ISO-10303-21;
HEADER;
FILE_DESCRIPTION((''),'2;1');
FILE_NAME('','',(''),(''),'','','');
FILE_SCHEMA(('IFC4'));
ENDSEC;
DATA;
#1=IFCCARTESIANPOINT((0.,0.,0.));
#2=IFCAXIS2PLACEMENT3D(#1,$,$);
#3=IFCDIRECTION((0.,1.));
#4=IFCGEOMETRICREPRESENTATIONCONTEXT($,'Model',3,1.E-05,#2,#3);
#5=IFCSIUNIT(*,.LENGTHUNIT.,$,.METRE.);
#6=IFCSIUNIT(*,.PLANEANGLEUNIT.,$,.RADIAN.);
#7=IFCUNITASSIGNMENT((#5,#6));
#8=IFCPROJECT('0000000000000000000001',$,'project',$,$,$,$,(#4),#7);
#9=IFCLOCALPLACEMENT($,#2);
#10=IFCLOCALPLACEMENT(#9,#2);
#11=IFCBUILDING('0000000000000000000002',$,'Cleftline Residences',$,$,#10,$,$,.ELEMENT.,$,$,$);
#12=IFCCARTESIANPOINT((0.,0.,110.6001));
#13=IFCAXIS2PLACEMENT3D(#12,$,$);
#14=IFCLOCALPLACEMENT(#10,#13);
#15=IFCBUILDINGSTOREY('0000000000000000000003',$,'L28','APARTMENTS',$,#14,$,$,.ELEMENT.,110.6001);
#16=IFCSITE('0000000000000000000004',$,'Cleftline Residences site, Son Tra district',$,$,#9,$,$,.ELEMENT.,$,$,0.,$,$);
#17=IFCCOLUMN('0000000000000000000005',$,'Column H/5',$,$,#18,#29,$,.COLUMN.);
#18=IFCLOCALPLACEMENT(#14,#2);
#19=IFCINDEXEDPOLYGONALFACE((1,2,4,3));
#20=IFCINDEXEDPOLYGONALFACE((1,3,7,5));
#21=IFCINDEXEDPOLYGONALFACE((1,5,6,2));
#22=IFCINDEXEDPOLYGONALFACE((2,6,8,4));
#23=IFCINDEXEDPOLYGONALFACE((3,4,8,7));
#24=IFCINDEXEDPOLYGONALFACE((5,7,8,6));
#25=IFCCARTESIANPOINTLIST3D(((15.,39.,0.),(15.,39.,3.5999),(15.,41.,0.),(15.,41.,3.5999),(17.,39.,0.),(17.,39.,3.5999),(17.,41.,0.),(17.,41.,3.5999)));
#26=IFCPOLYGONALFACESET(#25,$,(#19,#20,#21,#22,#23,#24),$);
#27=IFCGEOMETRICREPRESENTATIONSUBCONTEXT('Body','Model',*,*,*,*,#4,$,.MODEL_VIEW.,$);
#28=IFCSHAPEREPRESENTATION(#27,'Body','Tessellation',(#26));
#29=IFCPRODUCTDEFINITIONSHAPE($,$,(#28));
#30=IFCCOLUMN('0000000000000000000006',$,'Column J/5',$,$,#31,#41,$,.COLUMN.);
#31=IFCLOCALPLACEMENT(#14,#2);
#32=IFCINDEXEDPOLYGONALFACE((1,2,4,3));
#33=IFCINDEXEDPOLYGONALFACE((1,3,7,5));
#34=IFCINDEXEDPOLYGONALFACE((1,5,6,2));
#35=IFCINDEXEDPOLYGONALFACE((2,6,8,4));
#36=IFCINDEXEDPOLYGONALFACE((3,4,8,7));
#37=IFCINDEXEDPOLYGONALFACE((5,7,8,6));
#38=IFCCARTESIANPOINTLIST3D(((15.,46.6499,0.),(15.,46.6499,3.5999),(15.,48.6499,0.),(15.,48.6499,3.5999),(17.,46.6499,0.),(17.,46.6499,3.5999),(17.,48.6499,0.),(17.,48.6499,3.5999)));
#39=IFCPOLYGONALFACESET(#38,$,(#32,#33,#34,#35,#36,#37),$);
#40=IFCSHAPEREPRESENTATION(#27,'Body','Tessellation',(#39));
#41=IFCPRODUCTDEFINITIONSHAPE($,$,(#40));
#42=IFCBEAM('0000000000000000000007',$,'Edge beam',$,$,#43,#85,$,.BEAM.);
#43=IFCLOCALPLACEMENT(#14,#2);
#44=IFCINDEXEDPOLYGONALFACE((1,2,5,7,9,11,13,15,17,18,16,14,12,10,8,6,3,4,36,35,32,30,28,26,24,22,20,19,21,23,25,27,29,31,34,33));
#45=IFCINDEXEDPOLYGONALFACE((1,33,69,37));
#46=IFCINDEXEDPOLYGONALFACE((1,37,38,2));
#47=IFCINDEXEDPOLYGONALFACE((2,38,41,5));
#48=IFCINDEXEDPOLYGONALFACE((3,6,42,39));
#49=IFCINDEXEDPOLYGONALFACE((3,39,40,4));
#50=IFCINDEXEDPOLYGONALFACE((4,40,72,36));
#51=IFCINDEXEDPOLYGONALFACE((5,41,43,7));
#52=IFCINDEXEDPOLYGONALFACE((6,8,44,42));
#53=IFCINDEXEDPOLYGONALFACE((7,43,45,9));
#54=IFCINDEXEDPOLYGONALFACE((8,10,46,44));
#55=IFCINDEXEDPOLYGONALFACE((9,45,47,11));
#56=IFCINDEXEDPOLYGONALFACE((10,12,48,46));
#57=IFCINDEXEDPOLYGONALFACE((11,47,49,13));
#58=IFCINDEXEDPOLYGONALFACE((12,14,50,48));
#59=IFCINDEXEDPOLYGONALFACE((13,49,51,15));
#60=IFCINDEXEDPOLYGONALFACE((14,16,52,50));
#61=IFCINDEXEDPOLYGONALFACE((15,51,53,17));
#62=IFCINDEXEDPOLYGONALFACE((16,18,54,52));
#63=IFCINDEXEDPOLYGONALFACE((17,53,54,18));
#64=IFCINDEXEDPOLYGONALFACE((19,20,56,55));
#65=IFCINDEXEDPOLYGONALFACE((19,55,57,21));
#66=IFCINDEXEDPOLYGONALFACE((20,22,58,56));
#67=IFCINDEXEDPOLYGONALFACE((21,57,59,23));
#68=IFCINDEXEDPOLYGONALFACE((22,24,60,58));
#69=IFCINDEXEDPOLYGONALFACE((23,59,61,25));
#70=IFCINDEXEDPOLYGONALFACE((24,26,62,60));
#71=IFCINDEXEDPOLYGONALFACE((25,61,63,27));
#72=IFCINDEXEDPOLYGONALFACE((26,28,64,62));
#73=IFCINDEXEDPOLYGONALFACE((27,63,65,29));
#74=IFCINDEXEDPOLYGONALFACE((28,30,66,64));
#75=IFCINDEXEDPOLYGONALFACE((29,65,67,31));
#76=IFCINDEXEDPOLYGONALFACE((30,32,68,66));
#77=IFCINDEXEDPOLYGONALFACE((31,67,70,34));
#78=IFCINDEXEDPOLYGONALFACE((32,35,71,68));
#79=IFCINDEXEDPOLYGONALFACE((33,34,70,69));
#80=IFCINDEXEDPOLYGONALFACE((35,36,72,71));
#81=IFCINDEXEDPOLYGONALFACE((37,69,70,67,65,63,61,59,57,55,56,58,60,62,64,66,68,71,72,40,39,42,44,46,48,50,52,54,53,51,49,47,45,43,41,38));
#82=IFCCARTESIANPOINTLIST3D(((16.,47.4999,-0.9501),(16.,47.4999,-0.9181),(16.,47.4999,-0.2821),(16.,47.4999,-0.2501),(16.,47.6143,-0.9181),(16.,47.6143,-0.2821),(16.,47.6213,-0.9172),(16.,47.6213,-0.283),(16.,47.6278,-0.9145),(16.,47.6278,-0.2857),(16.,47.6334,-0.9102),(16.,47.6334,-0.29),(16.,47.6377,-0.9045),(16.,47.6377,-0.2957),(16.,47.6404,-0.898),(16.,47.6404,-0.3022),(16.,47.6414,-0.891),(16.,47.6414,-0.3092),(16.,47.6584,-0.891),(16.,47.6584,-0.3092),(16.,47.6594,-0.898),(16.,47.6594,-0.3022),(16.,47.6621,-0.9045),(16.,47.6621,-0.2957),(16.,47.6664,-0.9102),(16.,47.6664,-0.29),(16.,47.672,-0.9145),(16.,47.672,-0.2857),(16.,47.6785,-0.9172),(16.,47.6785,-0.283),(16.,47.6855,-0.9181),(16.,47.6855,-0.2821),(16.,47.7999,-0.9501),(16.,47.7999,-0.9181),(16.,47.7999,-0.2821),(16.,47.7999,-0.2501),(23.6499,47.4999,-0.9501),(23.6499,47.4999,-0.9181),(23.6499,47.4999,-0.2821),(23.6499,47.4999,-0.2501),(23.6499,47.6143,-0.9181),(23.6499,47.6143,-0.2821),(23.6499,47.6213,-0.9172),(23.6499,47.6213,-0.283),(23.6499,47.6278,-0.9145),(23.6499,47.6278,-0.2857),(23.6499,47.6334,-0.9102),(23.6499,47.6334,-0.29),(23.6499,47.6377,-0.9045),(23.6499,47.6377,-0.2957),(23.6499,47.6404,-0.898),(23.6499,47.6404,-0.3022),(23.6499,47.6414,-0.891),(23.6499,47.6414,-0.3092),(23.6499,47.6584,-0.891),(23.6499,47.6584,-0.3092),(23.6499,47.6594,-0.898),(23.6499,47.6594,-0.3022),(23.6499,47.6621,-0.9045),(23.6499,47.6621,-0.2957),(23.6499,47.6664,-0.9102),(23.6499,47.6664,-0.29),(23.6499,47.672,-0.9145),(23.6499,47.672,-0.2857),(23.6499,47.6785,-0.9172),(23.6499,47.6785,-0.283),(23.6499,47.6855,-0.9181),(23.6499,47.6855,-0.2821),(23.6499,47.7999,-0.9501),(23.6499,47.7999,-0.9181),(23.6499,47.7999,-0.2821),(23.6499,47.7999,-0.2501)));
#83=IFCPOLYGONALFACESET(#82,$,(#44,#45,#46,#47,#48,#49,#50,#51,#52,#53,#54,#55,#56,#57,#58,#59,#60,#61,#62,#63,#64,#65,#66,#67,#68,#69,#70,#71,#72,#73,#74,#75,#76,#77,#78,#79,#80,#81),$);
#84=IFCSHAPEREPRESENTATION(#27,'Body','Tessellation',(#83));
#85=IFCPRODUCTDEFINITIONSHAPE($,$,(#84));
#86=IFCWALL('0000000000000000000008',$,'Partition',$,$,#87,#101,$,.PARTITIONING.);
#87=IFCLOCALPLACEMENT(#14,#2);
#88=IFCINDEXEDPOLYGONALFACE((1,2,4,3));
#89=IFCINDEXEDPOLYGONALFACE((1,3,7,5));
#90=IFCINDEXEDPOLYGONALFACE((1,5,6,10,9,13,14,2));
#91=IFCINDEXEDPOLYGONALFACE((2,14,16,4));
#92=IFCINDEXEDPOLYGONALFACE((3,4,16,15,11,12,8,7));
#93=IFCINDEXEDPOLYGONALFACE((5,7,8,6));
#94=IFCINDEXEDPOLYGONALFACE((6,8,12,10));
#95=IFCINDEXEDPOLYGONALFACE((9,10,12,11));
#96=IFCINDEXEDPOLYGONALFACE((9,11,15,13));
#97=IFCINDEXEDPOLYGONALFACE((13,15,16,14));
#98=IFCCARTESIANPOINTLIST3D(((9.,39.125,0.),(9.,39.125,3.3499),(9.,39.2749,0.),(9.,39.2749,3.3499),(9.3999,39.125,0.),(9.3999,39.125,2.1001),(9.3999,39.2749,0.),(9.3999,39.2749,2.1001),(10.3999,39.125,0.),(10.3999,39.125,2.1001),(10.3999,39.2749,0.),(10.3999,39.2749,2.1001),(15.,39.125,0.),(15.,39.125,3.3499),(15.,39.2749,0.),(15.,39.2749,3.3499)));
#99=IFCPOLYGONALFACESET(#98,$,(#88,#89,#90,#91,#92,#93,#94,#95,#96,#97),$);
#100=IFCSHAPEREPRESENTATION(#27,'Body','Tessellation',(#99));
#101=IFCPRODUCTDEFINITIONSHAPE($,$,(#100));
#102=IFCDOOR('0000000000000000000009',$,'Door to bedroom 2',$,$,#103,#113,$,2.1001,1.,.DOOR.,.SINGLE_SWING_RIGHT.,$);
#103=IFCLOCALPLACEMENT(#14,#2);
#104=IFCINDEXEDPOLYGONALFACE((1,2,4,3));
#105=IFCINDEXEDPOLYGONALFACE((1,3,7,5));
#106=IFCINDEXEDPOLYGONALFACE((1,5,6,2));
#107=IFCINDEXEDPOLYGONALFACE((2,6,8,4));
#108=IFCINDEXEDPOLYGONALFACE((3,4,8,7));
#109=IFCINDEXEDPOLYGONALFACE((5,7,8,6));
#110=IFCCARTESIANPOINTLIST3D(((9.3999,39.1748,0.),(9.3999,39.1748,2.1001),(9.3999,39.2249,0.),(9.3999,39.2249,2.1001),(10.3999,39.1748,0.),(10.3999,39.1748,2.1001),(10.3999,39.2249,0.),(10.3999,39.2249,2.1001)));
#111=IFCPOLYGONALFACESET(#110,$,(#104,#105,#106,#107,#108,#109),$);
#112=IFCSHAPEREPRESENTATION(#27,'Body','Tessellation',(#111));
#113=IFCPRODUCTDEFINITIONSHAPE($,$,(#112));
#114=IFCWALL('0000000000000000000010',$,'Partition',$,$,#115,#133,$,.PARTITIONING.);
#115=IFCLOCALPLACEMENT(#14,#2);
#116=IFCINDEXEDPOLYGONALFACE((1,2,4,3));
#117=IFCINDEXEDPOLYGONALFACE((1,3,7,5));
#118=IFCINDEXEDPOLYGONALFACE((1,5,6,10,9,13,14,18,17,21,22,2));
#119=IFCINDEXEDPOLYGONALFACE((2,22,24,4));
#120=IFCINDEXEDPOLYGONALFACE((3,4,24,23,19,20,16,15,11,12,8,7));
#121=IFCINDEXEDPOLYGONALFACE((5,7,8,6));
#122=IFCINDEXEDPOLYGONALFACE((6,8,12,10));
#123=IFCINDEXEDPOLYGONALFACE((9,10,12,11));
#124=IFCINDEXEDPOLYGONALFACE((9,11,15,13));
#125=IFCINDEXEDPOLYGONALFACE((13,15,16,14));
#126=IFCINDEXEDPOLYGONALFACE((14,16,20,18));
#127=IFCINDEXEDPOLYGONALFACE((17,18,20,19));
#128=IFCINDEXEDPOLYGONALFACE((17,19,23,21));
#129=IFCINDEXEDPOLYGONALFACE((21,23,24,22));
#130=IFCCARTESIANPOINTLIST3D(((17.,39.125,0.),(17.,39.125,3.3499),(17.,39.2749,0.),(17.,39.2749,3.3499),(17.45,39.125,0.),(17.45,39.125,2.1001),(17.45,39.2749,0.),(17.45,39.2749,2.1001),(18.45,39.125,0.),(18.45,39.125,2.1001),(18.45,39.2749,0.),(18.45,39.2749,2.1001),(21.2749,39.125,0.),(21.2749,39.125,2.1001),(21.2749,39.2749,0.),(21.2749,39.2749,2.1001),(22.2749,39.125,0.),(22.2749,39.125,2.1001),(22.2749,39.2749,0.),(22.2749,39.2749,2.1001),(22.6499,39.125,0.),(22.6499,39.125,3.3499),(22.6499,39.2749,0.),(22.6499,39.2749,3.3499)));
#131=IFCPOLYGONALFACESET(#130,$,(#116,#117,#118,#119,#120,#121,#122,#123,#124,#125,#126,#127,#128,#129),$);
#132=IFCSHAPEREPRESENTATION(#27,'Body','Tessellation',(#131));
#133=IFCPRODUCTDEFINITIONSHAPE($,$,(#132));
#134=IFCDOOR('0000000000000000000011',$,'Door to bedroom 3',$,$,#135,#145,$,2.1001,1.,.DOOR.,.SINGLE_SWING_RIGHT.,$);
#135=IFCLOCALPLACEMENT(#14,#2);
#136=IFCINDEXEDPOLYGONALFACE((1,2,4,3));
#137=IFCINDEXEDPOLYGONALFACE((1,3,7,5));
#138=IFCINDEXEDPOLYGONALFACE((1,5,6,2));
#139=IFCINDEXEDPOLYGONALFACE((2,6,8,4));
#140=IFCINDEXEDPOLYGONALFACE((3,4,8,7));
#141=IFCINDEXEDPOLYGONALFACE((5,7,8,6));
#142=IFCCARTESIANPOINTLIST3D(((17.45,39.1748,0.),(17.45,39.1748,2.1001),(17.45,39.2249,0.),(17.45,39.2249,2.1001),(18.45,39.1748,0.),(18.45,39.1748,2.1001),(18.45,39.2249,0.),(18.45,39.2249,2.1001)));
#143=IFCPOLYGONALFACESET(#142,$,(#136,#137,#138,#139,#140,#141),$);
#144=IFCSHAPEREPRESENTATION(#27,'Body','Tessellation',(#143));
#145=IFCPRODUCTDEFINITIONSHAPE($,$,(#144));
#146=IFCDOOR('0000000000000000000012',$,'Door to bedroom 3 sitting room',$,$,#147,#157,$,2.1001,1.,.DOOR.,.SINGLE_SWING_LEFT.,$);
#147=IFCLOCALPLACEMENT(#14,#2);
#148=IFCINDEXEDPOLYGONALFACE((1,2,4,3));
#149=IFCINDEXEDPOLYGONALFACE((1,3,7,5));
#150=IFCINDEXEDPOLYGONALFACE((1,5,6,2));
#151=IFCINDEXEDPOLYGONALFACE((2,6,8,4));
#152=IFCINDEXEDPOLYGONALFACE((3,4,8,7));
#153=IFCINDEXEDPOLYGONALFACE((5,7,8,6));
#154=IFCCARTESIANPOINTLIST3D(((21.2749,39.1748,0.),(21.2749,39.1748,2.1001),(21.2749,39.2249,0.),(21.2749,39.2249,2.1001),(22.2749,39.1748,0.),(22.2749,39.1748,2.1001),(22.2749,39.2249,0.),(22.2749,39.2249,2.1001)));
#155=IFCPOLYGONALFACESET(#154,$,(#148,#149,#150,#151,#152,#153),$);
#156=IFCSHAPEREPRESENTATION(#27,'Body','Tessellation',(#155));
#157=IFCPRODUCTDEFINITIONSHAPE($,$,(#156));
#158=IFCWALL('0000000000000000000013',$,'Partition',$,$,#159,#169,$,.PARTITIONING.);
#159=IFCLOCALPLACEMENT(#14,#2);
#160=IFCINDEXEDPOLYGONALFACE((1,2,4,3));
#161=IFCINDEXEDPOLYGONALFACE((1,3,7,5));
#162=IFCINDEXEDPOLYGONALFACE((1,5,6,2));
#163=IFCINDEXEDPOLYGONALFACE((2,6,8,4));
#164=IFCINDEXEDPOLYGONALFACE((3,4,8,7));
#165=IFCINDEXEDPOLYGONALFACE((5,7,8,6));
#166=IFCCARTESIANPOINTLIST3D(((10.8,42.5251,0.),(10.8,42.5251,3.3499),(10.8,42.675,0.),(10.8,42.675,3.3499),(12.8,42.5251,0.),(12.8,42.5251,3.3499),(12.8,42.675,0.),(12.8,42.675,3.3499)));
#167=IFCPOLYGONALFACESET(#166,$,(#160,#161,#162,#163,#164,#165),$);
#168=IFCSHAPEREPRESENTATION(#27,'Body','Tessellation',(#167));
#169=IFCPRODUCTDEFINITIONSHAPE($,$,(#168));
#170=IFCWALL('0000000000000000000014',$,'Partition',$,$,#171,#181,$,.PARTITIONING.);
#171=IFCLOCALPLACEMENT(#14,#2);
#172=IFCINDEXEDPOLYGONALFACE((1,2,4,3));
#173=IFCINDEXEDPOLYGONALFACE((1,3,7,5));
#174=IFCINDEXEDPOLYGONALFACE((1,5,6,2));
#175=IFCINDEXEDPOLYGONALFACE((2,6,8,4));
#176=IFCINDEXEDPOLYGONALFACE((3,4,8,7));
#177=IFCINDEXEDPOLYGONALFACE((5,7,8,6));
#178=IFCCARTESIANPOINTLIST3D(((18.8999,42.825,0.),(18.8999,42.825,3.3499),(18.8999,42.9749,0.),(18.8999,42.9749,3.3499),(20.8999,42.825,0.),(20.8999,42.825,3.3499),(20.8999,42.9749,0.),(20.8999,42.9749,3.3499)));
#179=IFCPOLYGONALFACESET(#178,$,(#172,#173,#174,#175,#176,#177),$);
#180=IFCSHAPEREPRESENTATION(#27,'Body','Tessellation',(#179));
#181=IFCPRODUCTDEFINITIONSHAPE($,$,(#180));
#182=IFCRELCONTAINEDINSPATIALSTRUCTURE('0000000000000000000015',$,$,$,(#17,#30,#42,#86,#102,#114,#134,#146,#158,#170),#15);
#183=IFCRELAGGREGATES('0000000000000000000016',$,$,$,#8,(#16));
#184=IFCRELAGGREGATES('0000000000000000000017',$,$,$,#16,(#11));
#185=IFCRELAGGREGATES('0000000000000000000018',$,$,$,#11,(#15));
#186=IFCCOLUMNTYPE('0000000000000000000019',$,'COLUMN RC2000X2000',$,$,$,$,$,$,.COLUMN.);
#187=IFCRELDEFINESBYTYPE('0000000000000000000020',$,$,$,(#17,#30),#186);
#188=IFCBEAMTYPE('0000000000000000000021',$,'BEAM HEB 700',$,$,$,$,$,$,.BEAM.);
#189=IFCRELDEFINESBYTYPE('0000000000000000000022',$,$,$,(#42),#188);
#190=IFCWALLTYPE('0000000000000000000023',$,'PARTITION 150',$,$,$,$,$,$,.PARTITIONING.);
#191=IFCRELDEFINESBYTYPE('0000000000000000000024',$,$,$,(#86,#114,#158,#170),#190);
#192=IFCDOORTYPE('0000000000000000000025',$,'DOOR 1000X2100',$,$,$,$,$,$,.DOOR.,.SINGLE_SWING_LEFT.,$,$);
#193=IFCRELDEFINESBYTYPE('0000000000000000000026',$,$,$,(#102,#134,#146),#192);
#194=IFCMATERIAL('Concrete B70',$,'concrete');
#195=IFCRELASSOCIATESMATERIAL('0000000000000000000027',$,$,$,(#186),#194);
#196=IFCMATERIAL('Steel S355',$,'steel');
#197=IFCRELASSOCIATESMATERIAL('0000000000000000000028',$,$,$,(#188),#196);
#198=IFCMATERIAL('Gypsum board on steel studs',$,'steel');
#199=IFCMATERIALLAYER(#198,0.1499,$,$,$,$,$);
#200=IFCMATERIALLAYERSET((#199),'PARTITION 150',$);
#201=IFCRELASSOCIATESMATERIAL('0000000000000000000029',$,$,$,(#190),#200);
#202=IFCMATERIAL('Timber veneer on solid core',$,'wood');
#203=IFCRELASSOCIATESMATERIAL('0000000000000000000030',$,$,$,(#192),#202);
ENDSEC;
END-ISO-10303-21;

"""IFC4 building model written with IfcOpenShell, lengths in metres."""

from ifc_helpers import new_model, si_unit, direction, frame, frame_2d, origin, origin_2d, place, context, subcontext, project, spatial, rectangle, i_section, extrude, material, layer, layer_set, material_profile, profile_set, type_object, element, fill, save


model = new_model("IFC4")

# Units and contexts
model_context = context("Model", 3, precision=1e-05, world=origin(), true_north=direction((0.0, 1.0)))
body_context = subcontext(model_context, "Body", "Model", "MODEL_VIEW")
ifc_project = project(units=[si_unit("LENGTHUNIT", "METRE"), si_unit("PLANEANGLEUNIT", "RADIAN")], contexts=[model_context])

# Site, building, storey
site_placement = place(None, origin())
site = spatial("IfcSite", under=ifc_project, at=site_placement, Name="Cleftline Residences site, Son Tra district", CompositionType="ELEMENT", RefElevation=0.0)
building_placement = place(site_placement, origin())
building = spatial("IfcBuilding", under=site, at=building_placement, Name="Cleftline Residences", CompositionType="ELEMENT")
storey_placement = place(building_placement, frame((0.0, 0.0, 110.6001)))
storey = spatial("IfcBuildingStorey", under=building, at=storey_placement, Name="L28", Description="APARTMENTS", CompositionType="ELEMENT", Elevation=110.6001)

# Columns
ifc_material_1 = material(Name="Concrete B70", Category="concrete")
ifc_material_profile_1 = material_profile(ifc_material_1, rectangle(XDim=2.0, YDim=2.0, at=origin_2d()))
ifc_profile_set_1 = profile_set([ifc_material_profile_1], Name="Concrete B70")
column_type = type_object("IfcColumnType", Name="COLUMN RC2000X2000", PredefinedType="COLUMN", material=ifc_profile_set_1)
for number, where, z_axis, x_axis, name in (
    (1, (16.0, 40.0, 0.0), (0.0, 0.0, 1.0), (1.0, 0.0, 0.0), "Column H/5"),
    (2, (16.0, 47.6499, 0.0), (0.0, 0.0, 1.0), (1.0, 0.0, 0.0), "Column J/5"),
):
    element("IfcColumn", number, at=place(storey_placement, frame(where, z_axis=z_axis, x_axis=x_axis)), inside=storey, type_object=column_type, Name=name, PredefinedType="COLUMN", context=body_context, shape_type="SweptSolid", body=[
        extrude(rectangle(XDim=2.0, YDim=2.0, at=origin_2d()), origin(), (0.0, 0.0, 1.0), 3.5999),
    ])

# Beam
ifc_material_2 = material(Name="Steel S355", Category="steel")
ifc_material_profile_2 = material_profile(ifc_material_2, i_section(OverallWidth=0.3, OverallDepth=0.7, WebThickness=0.0171, FlangeThickness=0.032, FilletRadius=0.0271, at=origin_2d()))
ifc_profile_set_2 = profile_set([ifc_material_profile_2], Name="Steel S355")
beam_type = type_object("IfcBeamType", Name="BEAM HEB 700", PredefinedType="BEAM", material=ifc_profile_set_2)
beam_placement = place(storey_placement, frame((16.0, 47.6499, -0.6001), z_axis=(1.0, 0.0, 0.0), x_axis=(0.0, 1.0, 0.0)))
element("IfcBeam", 3, at=beam_placement, inside=storey, type_object=beam_type, Name="Edge beam", PredefinedType="BEAM", context=body_context, shape_type="SweptSolid", body=[
    extrude(i_section(OverallWidth=0.3, OverallDepth=0.7, WebThickness=0.0171, FlangeThickness=0.032, FilletRadius=0.0271, at=origin_2d()), origin(), (0.0, 0.0, 1.0), 7.6499),
])

# Wall, opening, door
ifc_material_3 = material(Name="Gypsum board on steel studs", Category="steel")
ifc_layer = layer(ifc_material_3, 0.1499)
ifc_layer_set = layer_set([ifc_layer], Name="PARTITION 150")
wall_type = type_object("IfcWallType", Name="PARTITION 150", PredefinedType="PARTITIONING", material=ifc_layer_set)
wall_1_placement = place(storey_placement, frame((9.0, 39.2, 0.0), z_axis=(0.0, 0.0, 1.0), x_axis=(1.0, 0.0, 0.0)))
wall_1 = element("IfcWall", 4, at=wall_1_placement, inside=storey, type_object=wall_type, Name="Partition", PredefinedType="PARTITIONING", context=body_context, shape_type="SweptSolid", body=[
    extrude(rectangle(XDim=6.0, YDim=0.1499, at=frame_2d((3.0, 0.0))), origin(), (0.0, 0.0, 1.0), 3.3499),
])
opening_1_placement = place(wall_1_placement, frame((0.3999, 0.0, 0.0)))
opening_1 = element("IfcOpeningElement", 5, at=opening_1_placement, cuts=wall_1, PredefinedType="OPENING", context=body_context, shape_type="SweptSolid", body=[
    extrude(rectangle(XDim=1.0, YDim=2.1001, at=frame_2d((0.5, 1.05))), frame((0.0, 0.085, 0.0), z_axis=(0.0, -1.0, 0.0), x_axis=(1.0, 0.0, 0.0)), (0.0, 0.0, 1.0), 0.1699),
])
ifc_material_4 = material(Name="Timber veneer on solid core", Category="wood")
door_type_1 = type_object("IfcDoorType", Name="DOOR 1000X2100", OperationType="SINGLE_SWING_LEFT", PredefinedType="DOOR", material=ifc_material_4)
door_1_placement = place(opening_1_placement, origin())
door_1 = element("IfcDoor", 6, at=door_1_placement, inside=storey, type_object=door_type_1, Name="Door to bedroom 2", OperationType="SINGLE_SWING_RIGHT", OverallHeight=2.1001, OverallWidth=1.0, PredefinedType="DOOR", context=body_context, shape_type="SweptSolid", body=[
    extrude(rectangle(XDim=1.0, YDim=2.1001, at=frame_2d((0.5, 1.05))), frame((0.0, 0.0249, 0.0), z_axis=(0.0, -1.0, 0.0), x_axis=(1.0, 0.0, 0.0)), (0.0, 0.0, 1.0), 0.05),
])
fill(opening_1, door_1)

# Wall, openings, doors
wall_2_placement = place(storey_placement, frame((17.0, 39.2, 0.0), z_axis=(0.0, 0.0, 1.0), x_axis=(1.0, 0.0, 0.0)))
wall_2 = element("IfcWall", 7, at=wall_2_placement, inside=storey, type_object=wall_type, Name="Partition", PredefinedType="PARTITIONING", context=body_context, shape_type="SweptSolid", body=[
    extrude(rectangle(XDim=5.6499, YDim=0.1499, at=frame_2d((2.825, 0.0))), origin(), (0.0, 0.0, 1.0), 3.3499),
])
opening_2_placement = place(wall_2_placement, frame((0.45, 0.0, 0.0)))
opening_2 = element("IfcOpeningElement", 8, at=opening_2_placement, cuts=wall_2, PredefinedType="OPENING", context=body_context, shape_type="SweptSolid", body=[
    extrude(rectangle(XDim=1.0, YDim=2.1001, at=frame_2d((0.5, 1.05))), frame((0.0, 0.085, 0.0), z_axis=(0.0, -1.0, 0.0), x_axis=(1.0, 0.0, 0.0)), (0.0, 0.0, 1.0), 0.1699),
])
opening_3_placement = place(wall_2_placement, frame((4.2749, 0.0, 0.0)))
opening_3 = element("IfcOpeningElement", 9, at=opening_3_placement, cuts=wall_2, PredefinedType="OPENING", context=body_context, shape_type="SweptSolid", body=[
    extrude(rectangle(XDim=1.0, YDim=2.1001, at=frame_2d((0.5, 1.05))), frame((0.0, 0.085, 0.0), z_axis=(0.0, -1.0, 0.0), x_axis=(1.0, 0.0, 0.0)), (0.0, 0.0, 1.0), 0.1699),
])
door_2_placement = place(opening_2_placement, origin())
door_2 = element("IfcDoor", 10, at=door_2_placement, inside=storey, type_object=door_type_1, Name="Door to bedroom 3", OperationType="SINGLE_SWING_RIGHT", OverallHeight=2.1001, OverallWidth=1.0, PredefinedType="DOOR", context=body_context, shape_type="SweptSolid", body=[
    extrude(rectangle(XDim=1.0, YDim=2.1001, at=frame_2d((0.5, 1.05))), frame((0.0, 0.0249, 0.0), z_axis=(0.0, -1.0, 0.0), x_axis=(1.0, 0.0, 0.0)), (0.0, 0.0, 1.0), 0.05),
])
fill(opening_2, door_2)
door_3_placement = place(opening_3_placement, origin())
door_3 = element("IfcDoor", 11, at=door_3_placement, inside=storey, type_object=door_type_1, Name="Door to bedroom 3 sitting room", OperationType="SINGLE_SWING_LEFT", OverallHeight=2.1001, OverallWidth=1.0, PredefinedType="DOOR", context=body_context, shape_type="SweptSolid", body=[
    extrude(rectangle(XDim=1.0, YDim=2.1001, at=frame_2d((0.5, 1.05))), frame((0.0, 0.0249, 0.0), z_axis=(0.0, -1.0, 0.0), x_axis=(1.0, 0.0, 0.0)), (0.0, 0.0, 1.0), 0.05),
])
fill(opening_3, door_3)

# Walls
for number, where, z_axis, x_axis, name in (
    (12, (10.8, 42.6001, 0.0), (0.0, 0.0, 1.0), (1.0, 0.0, 0.0), "Partition"),
    (13, (18.8999, 42.8999, 0.0), (0.0, 0.0, 1.0), (1.0, 0.0, 0.0), "Partition"),
):
    element("IfcWall", number, at=place(storey_placement, frame(where, z_axis=z_axis, x_axis=x_axis)), inside=storey, type_object=wall_type, Name=name, PredefinedType="PARTITIONING", context=body_context, shape_type="SweptSolid", body=[
        extrude(rectangle(XDim=2.0, YDim=0.1499, at=frame_2d((1.0, 0.0))), origin(), (0.0, 0.0, 1.0), 3.3499),
    ])

save(model, "model.ifc")
